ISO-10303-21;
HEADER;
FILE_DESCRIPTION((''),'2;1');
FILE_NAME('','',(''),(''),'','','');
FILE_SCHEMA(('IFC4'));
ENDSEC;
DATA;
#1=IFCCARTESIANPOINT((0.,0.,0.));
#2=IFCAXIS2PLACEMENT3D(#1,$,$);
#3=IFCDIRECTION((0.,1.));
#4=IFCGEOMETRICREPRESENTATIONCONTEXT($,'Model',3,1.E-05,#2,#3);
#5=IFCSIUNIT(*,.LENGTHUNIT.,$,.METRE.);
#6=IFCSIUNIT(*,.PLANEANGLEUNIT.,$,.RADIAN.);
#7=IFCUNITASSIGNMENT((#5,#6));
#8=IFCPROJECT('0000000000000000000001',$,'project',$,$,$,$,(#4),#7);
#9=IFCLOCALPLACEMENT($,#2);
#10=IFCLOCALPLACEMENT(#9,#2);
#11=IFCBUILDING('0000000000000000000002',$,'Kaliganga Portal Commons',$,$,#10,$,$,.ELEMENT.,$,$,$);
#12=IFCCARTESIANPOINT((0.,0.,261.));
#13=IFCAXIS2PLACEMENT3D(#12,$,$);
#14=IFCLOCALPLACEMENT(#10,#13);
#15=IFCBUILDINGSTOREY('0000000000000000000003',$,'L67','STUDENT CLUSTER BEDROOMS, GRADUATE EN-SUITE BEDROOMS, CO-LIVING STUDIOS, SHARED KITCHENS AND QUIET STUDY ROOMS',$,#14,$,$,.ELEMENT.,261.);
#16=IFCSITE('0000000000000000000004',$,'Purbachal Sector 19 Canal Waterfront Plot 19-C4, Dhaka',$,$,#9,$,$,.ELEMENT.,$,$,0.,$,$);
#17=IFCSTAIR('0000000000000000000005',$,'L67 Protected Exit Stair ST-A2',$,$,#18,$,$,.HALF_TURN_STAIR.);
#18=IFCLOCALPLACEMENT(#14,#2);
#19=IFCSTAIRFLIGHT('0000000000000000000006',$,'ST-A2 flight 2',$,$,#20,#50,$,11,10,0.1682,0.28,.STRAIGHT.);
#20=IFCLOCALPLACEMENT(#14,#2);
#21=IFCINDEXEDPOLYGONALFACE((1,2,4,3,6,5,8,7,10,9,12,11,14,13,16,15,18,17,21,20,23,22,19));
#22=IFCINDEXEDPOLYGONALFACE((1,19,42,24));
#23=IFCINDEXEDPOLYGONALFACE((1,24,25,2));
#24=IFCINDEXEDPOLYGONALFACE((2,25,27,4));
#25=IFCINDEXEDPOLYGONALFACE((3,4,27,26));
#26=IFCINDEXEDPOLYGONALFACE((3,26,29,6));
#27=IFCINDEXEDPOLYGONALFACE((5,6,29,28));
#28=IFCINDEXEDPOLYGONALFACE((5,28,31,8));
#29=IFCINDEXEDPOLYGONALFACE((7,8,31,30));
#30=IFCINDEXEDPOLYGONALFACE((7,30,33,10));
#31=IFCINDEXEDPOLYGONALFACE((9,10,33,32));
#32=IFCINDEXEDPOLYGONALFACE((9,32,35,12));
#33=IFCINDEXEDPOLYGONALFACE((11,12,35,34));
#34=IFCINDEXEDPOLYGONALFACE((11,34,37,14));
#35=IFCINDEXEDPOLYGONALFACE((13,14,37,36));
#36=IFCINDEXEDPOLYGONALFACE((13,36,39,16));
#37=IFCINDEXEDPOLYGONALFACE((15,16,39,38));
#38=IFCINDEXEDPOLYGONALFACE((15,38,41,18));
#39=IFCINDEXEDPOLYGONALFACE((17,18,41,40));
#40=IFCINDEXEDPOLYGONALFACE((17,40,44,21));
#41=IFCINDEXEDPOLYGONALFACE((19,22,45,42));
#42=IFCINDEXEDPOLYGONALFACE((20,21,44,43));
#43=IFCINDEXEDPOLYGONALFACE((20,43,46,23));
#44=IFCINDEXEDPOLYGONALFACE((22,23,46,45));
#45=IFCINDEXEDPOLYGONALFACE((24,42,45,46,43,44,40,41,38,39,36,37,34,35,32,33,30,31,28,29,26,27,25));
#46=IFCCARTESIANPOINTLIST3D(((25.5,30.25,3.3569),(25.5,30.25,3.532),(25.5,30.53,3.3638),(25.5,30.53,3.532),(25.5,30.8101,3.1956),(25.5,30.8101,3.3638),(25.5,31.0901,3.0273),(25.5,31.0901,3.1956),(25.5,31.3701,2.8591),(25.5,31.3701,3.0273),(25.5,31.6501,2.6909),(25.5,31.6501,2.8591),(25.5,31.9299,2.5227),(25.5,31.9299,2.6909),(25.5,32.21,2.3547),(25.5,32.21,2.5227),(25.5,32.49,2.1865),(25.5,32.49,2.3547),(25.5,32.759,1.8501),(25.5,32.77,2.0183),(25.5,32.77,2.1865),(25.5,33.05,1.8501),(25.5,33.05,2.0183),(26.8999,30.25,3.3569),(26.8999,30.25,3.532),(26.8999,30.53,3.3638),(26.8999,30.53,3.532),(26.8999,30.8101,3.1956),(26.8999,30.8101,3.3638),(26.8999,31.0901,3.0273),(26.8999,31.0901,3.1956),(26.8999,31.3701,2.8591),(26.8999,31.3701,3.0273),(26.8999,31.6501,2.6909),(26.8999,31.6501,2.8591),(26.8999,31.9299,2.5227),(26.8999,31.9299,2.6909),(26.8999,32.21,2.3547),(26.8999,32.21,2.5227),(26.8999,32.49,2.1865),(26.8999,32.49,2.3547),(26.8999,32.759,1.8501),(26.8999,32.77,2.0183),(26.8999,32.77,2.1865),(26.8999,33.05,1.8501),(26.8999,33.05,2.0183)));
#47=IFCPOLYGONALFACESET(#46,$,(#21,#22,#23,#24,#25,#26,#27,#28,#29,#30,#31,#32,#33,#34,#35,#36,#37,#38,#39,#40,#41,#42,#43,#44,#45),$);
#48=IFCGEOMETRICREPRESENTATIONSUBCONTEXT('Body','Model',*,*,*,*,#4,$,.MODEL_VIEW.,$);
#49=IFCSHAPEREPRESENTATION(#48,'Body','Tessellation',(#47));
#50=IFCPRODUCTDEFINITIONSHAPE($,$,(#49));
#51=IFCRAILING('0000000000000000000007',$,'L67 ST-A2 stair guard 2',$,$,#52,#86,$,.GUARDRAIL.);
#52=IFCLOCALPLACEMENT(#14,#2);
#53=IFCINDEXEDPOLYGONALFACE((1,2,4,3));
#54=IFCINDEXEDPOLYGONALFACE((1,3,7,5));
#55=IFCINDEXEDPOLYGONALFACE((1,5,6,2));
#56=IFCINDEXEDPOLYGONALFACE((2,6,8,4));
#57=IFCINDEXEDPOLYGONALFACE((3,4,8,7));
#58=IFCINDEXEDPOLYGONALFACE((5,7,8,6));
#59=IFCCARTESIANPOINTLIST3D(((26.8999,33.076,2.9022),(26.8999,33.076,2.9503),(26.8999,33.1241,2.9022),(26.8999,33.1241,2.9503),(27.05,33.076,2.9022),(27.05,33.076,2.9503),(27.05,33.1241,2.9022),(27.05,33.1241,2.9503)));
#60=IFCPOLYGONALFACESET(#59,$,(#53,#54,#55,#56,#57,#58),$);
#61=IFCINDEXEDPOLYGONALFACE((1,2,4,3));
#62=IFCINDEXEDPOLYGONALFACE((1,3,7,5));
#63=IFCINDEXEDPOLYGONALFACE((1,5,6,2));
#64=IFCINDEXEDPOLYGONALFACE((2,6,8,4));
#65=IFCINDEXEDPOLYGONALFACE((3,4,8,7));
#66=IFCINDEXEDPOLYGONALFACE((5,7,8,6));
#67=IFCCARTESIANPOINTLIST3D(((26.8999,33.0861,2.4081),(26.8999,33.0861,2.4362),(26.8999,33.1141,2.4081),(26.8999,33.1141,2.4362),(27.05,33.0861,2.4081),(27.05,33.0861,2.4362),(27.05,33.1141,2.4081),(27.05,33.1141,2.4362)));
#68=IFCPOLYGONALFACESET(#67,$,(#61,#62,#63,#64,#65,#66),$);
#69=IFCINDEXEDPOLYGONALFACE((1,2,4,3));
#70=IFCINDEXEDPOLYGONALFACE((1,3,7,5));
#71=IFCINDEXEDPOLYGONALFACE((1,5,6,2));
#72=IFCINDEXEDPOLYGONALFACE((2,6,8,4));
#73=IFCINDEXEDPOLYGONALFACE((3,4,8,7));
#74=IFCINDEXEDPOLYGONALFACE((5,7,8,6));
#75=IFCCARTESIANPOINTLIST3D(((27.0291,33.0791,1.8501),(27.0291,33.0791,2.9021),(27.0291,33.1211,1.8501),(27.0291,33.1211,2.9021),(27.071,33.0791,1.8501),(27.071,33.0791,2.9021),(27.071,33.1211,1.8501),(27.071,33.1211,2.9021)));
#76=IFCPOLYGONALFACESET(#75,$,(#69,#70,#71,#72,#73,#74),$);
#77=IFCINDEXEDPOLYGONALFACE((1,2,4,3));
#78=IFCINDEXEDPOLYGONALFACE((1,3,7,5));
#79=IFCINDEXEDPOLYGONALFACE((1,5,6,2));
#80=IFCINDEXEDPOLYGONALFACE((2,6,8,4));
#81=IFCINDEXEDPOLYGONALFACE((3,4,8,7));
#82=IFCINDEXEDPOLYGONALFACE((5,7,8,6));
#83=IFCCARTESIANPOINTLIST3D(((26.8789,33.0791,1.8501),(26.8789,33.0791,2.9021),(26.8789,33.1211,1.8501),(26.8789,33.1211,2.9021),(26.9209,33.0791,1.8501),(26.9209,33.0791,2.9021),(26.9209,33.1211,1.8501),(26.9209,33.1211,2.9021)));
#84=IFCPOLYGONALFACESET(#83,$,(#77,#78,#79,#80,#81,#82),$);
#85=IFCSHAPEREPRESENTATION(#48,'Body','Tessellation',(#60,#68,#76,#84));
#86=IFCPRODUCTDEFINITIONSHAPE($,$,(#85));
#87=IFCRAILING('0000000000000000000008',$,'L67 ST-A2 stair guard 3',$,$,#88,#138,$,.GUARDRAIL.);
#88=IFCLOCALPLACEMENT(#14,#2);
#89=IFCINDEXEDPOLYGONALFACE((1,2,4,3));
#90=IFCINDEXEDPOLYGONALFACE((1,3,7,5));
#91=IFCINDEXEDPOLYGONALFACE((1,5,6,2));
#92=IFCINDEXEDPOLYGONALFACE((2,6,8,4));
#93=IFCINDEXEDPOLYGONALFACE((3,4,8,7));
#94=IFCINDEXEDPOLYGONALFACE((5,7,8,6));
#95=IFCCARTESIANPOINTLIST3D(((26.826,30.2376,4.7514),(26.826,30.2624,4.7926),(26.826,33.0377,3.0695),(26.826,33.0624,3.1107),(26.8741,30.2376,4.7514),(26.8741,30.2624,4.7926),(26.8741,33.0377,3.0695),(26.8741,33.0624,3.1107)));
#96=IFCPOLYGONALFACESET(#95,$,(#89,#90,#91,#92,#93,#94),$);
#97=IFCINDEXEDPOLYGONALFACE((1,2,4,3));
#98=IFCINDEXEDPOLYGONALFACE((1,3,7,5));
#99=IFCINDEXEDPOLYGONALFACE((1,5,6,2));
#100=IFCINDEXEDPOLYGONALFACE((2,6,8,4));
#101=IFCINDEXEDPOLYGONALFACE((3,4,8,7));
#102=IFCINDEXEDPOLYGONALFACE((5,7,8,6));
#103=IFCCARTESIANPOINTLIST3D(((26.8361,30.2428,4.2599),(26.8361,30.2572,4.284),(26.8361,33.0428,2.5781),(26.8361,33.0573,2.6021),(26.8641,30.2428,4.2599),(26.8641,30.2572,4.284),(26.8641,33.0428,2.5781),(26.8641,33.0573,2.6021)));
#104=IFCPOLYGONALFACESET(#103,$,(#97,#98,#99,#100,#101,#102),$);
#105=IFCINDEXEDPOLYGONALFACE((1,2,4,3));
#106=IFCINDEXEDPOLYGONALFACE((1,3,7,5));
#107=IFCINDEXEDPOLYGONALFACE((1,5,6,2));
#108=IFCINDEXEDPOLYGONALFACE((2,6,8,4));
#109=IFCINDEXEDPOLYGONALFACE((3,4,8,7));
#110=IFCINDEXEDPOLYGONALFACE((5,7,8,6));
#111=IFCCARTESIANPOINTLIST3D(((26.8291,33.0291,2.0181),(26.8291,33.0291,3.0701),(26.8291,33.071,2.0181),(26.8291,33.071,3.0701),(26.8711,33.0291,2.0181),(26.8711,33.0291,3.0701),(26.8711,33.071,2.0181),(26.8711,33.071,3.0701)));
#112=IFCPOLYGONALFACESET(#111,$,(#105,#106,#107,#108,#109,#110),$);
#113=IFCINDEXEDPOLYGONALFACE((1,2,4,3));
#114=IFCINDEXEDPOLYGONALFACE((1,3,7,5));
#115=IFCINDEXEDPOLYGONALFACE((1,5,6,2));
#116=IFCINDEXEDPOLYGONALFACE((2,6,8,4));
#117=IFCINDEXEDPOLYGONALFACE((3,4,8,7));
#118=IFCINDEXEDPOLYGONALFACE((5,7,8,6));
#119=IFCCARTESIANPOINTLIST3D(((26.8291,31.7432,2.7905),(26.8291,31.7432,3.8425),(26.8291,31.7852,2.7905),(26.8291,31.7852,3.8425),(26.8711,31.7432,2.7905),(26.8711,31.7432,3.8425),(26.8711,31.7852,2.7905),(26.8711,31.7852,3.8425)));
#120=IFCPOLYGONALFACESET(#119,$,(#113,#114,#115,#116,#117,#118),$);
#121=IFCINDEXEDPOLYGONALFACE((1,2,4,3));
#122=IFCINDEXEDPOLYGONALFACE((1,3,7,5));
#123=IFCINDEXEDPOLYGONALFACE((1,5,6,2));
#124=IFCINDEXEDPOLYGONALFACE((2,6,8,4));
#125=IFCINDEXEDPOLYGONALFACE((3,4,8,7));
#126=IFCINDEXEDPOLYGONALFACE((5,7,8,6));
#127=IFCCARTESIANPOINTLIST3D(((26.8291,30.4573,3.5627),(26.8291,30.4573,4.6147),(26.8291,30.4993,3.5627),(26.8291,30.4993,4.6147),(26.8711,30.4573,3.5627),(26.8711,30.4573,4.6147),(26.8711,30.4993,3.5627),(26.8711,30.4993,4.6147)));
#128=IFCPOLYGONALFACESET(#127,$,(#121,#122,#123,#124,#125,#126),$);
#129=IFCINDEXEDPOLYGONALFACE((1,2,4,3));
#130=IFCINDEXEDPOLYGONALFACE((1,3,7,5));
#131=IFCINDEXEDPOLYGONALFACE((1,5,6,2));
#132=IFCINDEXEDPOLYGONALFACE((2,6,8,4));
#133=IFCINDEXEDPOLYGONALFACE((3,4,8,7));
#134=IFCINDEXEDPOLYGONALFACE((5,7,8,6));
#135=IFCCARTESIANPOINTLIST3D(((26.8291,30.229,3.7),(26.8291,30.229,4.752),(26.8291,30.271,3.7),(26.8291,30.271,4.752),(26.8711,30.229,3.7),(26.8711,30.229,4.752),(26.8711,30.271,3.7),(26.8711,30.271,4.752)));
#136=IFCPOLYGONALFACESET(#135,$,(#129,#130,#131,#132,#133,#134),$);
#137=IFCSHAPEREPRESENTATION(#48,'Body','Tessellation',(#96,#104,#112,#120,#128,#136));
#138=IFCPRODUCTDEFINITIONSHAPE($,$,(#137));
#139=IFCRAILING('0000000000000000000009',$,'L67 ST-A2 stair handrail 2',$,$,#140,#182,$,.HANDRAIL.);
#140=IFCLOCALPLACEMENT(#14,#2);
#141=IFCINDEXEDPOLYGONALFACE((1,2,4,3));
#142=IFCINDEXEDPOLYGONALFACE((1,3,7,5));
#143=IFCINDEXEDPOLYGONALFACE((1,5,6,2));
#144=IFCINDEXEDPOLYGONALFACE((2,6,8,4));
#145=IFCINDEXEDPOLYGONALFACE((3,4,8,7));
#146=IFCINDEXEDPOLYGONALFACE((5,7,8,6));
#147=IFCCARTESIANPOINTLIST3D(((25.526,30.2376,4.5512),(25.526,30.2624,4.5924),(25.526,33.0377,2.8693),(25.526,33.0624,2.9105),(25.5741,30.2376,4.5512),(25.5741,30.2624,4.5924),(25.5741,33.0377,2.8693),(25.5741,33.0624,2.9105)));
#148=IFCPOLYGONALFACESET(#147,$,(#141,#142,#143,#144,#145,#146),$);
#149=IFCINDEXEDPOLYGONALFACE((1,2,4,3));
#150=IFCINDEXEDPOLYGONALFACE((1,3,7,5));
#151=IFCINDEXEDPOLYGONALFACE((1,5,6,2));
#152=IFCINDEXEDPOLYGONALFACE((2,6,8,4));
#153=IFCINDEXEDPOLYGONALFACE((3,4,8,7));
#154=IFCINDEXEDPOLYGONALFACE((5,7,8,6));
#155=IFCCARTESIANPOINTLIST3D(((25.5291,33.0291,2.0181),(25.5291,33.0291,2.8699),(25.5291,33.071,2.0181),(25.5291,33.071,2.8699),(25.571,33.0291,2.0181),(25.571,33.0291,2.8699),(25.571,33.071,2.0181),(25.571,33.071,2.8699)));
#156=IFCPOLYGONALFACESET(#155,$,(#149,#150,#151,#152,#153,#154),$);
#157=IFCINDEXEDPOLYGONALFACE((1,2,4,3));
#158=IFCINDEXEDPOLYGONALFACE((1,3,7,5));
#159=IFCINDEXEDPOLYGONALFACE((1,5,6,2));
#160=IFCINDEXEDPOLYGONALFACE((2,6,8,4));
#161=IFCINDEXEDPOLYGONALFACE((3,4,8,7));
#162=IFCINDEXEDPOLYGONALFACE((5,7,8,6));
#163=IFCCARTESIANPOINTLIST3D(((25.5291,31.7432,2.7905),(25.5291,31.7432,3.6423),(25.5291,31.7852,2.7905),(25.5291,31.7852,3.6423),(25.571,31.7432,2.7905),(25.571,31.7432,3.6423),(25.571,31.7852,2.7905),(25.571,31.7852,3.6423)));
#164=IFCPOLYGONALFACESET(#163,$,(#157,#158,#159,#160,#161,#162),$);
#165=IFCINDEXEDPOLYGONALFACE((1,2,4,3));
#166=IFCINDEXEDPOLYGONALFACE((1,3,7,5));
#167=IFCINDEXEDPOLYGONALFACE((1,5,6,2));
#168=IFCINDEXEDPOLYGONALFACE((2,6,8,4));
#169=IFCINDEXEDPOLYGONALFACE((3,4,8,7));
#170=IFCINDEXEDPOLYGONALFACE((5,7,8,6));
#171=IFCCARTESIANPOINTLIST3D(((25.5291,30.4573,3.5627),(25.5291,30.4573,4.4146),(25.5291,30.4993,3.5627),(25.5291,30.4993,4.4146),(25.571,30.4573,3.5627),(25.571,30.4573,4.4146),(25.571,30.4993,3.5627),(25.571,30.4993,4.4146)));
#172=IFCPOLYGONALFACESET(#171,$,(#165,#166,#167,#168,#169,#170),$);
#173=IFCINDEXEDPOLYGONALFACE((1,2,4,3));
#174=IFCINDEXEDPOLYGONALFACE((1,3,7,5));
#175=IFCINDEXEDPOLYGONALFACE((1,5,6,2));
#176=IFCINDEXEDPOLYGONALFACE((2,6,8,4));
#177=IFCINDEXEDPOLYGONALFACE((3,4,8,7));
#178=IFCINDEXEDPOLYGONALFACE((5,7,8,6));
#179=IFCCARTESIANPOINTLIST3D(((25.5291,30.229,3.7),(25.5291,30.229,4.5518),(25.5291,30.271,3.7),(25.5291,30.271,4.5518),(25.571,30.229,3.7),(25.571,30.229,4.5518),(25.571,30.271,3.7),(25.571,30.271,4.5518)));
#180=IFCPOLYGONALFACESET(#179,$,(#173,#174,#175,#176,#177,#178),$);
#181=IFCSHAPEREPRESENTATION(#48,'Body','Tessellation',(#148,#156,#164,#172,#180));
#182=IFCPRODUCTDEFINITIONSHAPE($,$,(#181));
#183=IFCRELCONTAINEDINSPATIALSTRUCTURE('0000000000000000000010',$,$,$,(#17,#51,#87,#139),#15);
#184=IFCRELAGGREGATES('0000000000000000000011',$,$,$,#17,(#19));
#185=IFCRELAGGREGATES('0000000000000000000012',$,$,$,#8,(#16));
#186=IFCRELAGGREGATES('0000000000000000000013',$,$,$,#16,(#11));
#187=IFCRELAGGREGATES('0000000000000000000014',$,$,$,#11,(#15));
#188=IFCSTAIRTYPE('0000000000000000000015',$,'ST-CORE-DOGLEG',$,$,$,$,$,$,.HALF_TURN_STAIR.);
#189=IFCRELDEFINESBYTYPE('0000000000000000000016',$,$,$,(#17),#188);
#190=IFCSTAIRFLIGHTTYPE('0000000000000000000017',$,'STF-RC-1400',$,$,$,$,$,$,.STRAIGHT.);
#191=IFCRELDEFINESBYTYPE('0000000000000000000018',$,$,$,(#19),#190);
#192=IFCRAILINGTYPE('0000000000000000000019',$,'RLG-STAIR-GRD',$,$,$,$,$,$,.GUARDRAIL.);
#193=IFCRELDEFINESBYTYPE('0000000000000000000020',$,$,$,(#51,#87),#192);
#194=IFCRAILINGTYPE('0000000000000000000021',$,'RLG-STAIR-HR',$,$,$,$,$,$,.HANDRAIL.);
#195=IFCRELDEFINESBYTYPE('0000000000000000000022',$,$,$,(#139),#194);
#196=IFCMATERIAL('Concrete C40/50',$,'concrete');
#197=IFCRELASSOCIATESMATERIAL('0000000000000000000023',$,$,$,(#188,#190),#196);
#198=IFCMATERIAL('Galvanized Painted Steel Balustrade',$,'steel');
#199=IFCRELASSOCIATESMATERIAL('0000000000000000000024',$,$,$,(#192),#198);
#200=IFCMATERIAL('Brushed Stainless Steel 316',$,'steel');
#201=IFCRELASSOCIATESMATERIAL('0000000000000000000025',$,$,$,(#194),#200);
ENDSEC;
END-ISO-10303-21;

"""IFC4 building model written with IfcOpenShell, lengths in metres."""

from ifc_helpers import new_model, si_unit, direction, frame, origin, origin_2d, place, context, subcontext, project, spatial, polyline, rectangle, outline, extrude, material, type_object, element, aggregate, save


model = new_model("IFC4")

# Units and contexts
model_context = context("Model", 3, precision=1e-05, world=origin(), true_north=direction((0.0, 1.0)))
body_context = subcontext(model_context, "Body", "Model", "MODEL_VIEW")
ifc_project = project(units=[si_unit("LENGTHUNIT", "METRE"), si_unit("PLANEANGLEUNIT", "RADIAN")], contexts=[model_context])

# Site, building, storey
site_placement = place(None, origin())
site = spatial("IfcSite", under=ifc_project, at=site_placement, Name="Purbachal Sector 19 Canal Waterfront Plot 19-C4, Dhaka", CompositionType="ELEMENT", RefElevation=0.0)
building_placement = place(site_placement, origin())
building = spatial("IfcBuilding", under=site, at=building_placement, Name="Kaliganga Portal Commons", CompositionType="ELEMENT")
storey_placement = place(building_placement, frame((0.0, 0.0, 261.0)))
storey = spatial("IfcBuildingStorey", under=building, at=storey_placement, Name="L67", Description="STUDENT CLUSTER BEDROOMS, GRADUATE EN-SUITE BEDROOMS, CO-LIVING STUDIOS, SHARED KITCHENS AND QUIET STUDY ROOMS", CompositionType="ELEMENT", Elevation=261.0)

# Stair, stair flight
ifc_material_1 = material(Name="Concrete C40/50", Category="concrete")
stair_type = type_object("IfcStairType", Name="ST-CORE-DOGLEG", PredefinedType="HALF_TURN_STAIR", material=ifc_material_1)
stair_placement = place(storey_placement, origin())
stair = element("IfcStair", 1, at=stair_placement, inside=storey, type_object=stair_type, Name="L67 Protected Exit Stair ST-A2", PredefinedType="HALF_TURN_STAIR")
stair_flight_type = type_object("IfcStairFlightType", Name="STF-RC-1400", PredefinedType="STRAIGHT", material=ifc_material_1)
stair_flight_placement = place(storey_placement, frame((26.2, 33.05, 1.8501), z_axis=(0.0, 0.0, 1.0), x_axis=(0.0, -1.0, 0.0)))
stair_flight = element("IfcStairFlight", 2, at=stair_flight_placement, type_object=stair_flight_type, Name="ST-A2 flight 2", NumberOfRisers=11, NumberOfTreads=10, PredefinedType="STRAIGHT", RiserHeight=0.1682, TreadLength=0.28, context=body_context, shape_type="SweptSolid", body=[
    extrude(outline(polyline([(0.0, 0.0), (0.0, 0.1682), (0.28, 0.1682), (0.28, 0.3364), (0.5601, 0.3364), (0.5601, 0.5046), (0.8401, 0.5046), (0.8401, 0.6726), (1.1201, 0.6726), (1.1201, 0.8408), (1.3999, 0.8408), (1.3999, 1.009), (1.6799, 1.009), (1.6799, 1.1772), (1.96, 1.1772), (1.96, 1.3455), (2.24, 1.3455), (2.24, 1.5137), (2.52, 1.5137), (2.52, 1.6819), (2.8, 1.6819), (2.8, 1.8501), (2.8, 1.5068), (0.291, 0.0), (0.0, 0.0)])), frame((0.0, 0.7, 0.0), z_axis=(0.0, -1.0, 0.0), x_axis=(1.0, 0.0, 0.0)), (0.0, 0.0, 1.0), 1.3999),
])
aggregate(stair, [stair_flight])

# Railings
ifc_material_2 = material(Name="Galvanized Painted Steel Balustrade", Category="steel")
railing_type_1 = type_object("IfcRailingType", Name="RLG-STAIR-GRD", PredefinedType="GUARDRAIL", material=ifc_material_2)
railing_1_placement = place(storey_placement, frame((27.05, 33.1001, 1.8501)))
element("IfcRailing", 3, at=railing_1_placement, inside=storey, type_object=railing_type_1, Name="L67 ST-A2 stair guard 2", PredefinedType="GUARDRAIL", context=body_context, shape_type="SweptSolid", body=[
    extrude(rectangle(XDim=0.0481, YDim=0.0481, at=origin_2d()), frame((0.0, 0.0, 1.0762), z_axis=(-1.0, 0.0, 0.0), x_axis=(0.0, -1.0, 0.0)), (0.0, 0.0, 1.0), 0.1501),
    extrude(rectangle(XDim=0.0281, YDim=0.0281, at=origin_2d()), frame((0.0, 0.0, 0.572), z_axis=(-1.0, 0.0, 0.0), x_axis=(0.0, -1.0, 0.0)), (0.0, 0.0, 1.0), 0.1501),
    extrude(rectangle(XDim=0.042, YDim=0.042, at=origin_2d()), origin(), (0.0, 0.0, 1.0), 1.052),
    extrude(rectangle(XDim=0.042, YDim=0.042, at=origin_2d()), frame((-0.1501, 0.0, 0.0)), (0.0, 0.0, 1.0), 1.052),
])
railing_2_placement = place(storey_placement, frame((26.8501, 33.05, 2.0181)))
element("IfcRailing", 4, at=railing_2_placement, inside=storey, type_object=railing_type_1, Name="L67 ST-A2 stair guard 3", PredefinedType="GUARDRAIL", context=body_context, shape_type="SweptSolid", body=[
    extrude(rectangle(XDim=0.0481, YDim=0.0481, at=origin_2d()), frame((0.0, 0.0, 1.072), z_axis=(0.0, -0.857242, 0.514913), x_axis=(1.0, 0.0, 0.0)), (0.0, 0.0, 1.0), 3.2664),
    extrude(rectangle(XDim=0.0281, YDim=0.0281, at=origin_2d()), frame((0.0, 0.0, 0.572), z_axis=(0.0, -0.857242, 0.514913), x_axis=(1.0, 0.0, 0.0)), (0.0, 0.0, 1.0), 3.2664),
    extrude(rectangle(XDim=0.042, YDim=0.042, at=origin_2d()), origin(), (0.0, 0.0, 1.0), 1.052),
    extrude(rectangle(XDim=0.042, YDim=0.042, at=origin_2d()), frame((0.0, -1.2859, 0.7725)), (0.0, 0.0, 1.0), 1.052),
    extrude(rectangle(XDim=0.042, YDim=0.042, at=origin_2d()), frame((0.0, -2.5718, 1.5447)), (0.0, 0.0, 1.0), 1.052),
    extrude(rectangle(XDim=0.042, YDim=0.042, at=origin_2d()), frame((0.0, -2.8, 1.6819)), (0.0, 0.0, 1.0), 1.052),
])
ifc_material_3 = material(Name="Brushed Stainless Steel 316", Category="steel")
railing_type_2 = type_object("IfcRailingType", Name="RLG-STAIR-HR", PredefinedType="HANDRAIL", material=ifc_material_3)
railing_3_placement = place(storey_placement, frame((25.55, 33.05, 2.0181)))
element("IfcRailing", 5, at=railing_3_placement, inside=storey, type_object=railing_type_2, Name="L67 ST-A2 stair handrail 2", PredefinedType="HANDRAIL", context=body_context, shape_type="SweptSolid", body=[
    extrude(rectangle(XDim=0.0481, YDim=0.0481, at=origin_2d()), frame((0.0, 0.0, 0.8718), z_axis=(0.0, -0.857242, 0.514913), x_axis=(1.0, 0.0, 0.0)), (0.0, 0.0, 1.0), 3.2664),
    extrude(rectangle(XDim=0.042, YDim=0.042, at=origin_2d()), origin(), (0.0, 0.0, 1.0), 0.8518),
    extrude(rectangle(XDim=0.042, YDim=0.042, at=origin_2d()), frame((0.0, -1.2859, 0.7725)), (0.0, 0.0, 1.0), 0.8518),
    extrude(rectangle(XDim=0.042, YDim=0.042, at=origin_2d()), frame((0.0, -2.5718, 1.5447)), (0.0, 0.0, 1.0), 0.8518),
    extrude(rectangle(XDim=0.042, YDim=0.042, at=origin_2d()), frame((0.0, -2.8, 1.6819)), (0.0, 0.0, 1.0), 0.8518),
])

save(model, "model.ifc")
